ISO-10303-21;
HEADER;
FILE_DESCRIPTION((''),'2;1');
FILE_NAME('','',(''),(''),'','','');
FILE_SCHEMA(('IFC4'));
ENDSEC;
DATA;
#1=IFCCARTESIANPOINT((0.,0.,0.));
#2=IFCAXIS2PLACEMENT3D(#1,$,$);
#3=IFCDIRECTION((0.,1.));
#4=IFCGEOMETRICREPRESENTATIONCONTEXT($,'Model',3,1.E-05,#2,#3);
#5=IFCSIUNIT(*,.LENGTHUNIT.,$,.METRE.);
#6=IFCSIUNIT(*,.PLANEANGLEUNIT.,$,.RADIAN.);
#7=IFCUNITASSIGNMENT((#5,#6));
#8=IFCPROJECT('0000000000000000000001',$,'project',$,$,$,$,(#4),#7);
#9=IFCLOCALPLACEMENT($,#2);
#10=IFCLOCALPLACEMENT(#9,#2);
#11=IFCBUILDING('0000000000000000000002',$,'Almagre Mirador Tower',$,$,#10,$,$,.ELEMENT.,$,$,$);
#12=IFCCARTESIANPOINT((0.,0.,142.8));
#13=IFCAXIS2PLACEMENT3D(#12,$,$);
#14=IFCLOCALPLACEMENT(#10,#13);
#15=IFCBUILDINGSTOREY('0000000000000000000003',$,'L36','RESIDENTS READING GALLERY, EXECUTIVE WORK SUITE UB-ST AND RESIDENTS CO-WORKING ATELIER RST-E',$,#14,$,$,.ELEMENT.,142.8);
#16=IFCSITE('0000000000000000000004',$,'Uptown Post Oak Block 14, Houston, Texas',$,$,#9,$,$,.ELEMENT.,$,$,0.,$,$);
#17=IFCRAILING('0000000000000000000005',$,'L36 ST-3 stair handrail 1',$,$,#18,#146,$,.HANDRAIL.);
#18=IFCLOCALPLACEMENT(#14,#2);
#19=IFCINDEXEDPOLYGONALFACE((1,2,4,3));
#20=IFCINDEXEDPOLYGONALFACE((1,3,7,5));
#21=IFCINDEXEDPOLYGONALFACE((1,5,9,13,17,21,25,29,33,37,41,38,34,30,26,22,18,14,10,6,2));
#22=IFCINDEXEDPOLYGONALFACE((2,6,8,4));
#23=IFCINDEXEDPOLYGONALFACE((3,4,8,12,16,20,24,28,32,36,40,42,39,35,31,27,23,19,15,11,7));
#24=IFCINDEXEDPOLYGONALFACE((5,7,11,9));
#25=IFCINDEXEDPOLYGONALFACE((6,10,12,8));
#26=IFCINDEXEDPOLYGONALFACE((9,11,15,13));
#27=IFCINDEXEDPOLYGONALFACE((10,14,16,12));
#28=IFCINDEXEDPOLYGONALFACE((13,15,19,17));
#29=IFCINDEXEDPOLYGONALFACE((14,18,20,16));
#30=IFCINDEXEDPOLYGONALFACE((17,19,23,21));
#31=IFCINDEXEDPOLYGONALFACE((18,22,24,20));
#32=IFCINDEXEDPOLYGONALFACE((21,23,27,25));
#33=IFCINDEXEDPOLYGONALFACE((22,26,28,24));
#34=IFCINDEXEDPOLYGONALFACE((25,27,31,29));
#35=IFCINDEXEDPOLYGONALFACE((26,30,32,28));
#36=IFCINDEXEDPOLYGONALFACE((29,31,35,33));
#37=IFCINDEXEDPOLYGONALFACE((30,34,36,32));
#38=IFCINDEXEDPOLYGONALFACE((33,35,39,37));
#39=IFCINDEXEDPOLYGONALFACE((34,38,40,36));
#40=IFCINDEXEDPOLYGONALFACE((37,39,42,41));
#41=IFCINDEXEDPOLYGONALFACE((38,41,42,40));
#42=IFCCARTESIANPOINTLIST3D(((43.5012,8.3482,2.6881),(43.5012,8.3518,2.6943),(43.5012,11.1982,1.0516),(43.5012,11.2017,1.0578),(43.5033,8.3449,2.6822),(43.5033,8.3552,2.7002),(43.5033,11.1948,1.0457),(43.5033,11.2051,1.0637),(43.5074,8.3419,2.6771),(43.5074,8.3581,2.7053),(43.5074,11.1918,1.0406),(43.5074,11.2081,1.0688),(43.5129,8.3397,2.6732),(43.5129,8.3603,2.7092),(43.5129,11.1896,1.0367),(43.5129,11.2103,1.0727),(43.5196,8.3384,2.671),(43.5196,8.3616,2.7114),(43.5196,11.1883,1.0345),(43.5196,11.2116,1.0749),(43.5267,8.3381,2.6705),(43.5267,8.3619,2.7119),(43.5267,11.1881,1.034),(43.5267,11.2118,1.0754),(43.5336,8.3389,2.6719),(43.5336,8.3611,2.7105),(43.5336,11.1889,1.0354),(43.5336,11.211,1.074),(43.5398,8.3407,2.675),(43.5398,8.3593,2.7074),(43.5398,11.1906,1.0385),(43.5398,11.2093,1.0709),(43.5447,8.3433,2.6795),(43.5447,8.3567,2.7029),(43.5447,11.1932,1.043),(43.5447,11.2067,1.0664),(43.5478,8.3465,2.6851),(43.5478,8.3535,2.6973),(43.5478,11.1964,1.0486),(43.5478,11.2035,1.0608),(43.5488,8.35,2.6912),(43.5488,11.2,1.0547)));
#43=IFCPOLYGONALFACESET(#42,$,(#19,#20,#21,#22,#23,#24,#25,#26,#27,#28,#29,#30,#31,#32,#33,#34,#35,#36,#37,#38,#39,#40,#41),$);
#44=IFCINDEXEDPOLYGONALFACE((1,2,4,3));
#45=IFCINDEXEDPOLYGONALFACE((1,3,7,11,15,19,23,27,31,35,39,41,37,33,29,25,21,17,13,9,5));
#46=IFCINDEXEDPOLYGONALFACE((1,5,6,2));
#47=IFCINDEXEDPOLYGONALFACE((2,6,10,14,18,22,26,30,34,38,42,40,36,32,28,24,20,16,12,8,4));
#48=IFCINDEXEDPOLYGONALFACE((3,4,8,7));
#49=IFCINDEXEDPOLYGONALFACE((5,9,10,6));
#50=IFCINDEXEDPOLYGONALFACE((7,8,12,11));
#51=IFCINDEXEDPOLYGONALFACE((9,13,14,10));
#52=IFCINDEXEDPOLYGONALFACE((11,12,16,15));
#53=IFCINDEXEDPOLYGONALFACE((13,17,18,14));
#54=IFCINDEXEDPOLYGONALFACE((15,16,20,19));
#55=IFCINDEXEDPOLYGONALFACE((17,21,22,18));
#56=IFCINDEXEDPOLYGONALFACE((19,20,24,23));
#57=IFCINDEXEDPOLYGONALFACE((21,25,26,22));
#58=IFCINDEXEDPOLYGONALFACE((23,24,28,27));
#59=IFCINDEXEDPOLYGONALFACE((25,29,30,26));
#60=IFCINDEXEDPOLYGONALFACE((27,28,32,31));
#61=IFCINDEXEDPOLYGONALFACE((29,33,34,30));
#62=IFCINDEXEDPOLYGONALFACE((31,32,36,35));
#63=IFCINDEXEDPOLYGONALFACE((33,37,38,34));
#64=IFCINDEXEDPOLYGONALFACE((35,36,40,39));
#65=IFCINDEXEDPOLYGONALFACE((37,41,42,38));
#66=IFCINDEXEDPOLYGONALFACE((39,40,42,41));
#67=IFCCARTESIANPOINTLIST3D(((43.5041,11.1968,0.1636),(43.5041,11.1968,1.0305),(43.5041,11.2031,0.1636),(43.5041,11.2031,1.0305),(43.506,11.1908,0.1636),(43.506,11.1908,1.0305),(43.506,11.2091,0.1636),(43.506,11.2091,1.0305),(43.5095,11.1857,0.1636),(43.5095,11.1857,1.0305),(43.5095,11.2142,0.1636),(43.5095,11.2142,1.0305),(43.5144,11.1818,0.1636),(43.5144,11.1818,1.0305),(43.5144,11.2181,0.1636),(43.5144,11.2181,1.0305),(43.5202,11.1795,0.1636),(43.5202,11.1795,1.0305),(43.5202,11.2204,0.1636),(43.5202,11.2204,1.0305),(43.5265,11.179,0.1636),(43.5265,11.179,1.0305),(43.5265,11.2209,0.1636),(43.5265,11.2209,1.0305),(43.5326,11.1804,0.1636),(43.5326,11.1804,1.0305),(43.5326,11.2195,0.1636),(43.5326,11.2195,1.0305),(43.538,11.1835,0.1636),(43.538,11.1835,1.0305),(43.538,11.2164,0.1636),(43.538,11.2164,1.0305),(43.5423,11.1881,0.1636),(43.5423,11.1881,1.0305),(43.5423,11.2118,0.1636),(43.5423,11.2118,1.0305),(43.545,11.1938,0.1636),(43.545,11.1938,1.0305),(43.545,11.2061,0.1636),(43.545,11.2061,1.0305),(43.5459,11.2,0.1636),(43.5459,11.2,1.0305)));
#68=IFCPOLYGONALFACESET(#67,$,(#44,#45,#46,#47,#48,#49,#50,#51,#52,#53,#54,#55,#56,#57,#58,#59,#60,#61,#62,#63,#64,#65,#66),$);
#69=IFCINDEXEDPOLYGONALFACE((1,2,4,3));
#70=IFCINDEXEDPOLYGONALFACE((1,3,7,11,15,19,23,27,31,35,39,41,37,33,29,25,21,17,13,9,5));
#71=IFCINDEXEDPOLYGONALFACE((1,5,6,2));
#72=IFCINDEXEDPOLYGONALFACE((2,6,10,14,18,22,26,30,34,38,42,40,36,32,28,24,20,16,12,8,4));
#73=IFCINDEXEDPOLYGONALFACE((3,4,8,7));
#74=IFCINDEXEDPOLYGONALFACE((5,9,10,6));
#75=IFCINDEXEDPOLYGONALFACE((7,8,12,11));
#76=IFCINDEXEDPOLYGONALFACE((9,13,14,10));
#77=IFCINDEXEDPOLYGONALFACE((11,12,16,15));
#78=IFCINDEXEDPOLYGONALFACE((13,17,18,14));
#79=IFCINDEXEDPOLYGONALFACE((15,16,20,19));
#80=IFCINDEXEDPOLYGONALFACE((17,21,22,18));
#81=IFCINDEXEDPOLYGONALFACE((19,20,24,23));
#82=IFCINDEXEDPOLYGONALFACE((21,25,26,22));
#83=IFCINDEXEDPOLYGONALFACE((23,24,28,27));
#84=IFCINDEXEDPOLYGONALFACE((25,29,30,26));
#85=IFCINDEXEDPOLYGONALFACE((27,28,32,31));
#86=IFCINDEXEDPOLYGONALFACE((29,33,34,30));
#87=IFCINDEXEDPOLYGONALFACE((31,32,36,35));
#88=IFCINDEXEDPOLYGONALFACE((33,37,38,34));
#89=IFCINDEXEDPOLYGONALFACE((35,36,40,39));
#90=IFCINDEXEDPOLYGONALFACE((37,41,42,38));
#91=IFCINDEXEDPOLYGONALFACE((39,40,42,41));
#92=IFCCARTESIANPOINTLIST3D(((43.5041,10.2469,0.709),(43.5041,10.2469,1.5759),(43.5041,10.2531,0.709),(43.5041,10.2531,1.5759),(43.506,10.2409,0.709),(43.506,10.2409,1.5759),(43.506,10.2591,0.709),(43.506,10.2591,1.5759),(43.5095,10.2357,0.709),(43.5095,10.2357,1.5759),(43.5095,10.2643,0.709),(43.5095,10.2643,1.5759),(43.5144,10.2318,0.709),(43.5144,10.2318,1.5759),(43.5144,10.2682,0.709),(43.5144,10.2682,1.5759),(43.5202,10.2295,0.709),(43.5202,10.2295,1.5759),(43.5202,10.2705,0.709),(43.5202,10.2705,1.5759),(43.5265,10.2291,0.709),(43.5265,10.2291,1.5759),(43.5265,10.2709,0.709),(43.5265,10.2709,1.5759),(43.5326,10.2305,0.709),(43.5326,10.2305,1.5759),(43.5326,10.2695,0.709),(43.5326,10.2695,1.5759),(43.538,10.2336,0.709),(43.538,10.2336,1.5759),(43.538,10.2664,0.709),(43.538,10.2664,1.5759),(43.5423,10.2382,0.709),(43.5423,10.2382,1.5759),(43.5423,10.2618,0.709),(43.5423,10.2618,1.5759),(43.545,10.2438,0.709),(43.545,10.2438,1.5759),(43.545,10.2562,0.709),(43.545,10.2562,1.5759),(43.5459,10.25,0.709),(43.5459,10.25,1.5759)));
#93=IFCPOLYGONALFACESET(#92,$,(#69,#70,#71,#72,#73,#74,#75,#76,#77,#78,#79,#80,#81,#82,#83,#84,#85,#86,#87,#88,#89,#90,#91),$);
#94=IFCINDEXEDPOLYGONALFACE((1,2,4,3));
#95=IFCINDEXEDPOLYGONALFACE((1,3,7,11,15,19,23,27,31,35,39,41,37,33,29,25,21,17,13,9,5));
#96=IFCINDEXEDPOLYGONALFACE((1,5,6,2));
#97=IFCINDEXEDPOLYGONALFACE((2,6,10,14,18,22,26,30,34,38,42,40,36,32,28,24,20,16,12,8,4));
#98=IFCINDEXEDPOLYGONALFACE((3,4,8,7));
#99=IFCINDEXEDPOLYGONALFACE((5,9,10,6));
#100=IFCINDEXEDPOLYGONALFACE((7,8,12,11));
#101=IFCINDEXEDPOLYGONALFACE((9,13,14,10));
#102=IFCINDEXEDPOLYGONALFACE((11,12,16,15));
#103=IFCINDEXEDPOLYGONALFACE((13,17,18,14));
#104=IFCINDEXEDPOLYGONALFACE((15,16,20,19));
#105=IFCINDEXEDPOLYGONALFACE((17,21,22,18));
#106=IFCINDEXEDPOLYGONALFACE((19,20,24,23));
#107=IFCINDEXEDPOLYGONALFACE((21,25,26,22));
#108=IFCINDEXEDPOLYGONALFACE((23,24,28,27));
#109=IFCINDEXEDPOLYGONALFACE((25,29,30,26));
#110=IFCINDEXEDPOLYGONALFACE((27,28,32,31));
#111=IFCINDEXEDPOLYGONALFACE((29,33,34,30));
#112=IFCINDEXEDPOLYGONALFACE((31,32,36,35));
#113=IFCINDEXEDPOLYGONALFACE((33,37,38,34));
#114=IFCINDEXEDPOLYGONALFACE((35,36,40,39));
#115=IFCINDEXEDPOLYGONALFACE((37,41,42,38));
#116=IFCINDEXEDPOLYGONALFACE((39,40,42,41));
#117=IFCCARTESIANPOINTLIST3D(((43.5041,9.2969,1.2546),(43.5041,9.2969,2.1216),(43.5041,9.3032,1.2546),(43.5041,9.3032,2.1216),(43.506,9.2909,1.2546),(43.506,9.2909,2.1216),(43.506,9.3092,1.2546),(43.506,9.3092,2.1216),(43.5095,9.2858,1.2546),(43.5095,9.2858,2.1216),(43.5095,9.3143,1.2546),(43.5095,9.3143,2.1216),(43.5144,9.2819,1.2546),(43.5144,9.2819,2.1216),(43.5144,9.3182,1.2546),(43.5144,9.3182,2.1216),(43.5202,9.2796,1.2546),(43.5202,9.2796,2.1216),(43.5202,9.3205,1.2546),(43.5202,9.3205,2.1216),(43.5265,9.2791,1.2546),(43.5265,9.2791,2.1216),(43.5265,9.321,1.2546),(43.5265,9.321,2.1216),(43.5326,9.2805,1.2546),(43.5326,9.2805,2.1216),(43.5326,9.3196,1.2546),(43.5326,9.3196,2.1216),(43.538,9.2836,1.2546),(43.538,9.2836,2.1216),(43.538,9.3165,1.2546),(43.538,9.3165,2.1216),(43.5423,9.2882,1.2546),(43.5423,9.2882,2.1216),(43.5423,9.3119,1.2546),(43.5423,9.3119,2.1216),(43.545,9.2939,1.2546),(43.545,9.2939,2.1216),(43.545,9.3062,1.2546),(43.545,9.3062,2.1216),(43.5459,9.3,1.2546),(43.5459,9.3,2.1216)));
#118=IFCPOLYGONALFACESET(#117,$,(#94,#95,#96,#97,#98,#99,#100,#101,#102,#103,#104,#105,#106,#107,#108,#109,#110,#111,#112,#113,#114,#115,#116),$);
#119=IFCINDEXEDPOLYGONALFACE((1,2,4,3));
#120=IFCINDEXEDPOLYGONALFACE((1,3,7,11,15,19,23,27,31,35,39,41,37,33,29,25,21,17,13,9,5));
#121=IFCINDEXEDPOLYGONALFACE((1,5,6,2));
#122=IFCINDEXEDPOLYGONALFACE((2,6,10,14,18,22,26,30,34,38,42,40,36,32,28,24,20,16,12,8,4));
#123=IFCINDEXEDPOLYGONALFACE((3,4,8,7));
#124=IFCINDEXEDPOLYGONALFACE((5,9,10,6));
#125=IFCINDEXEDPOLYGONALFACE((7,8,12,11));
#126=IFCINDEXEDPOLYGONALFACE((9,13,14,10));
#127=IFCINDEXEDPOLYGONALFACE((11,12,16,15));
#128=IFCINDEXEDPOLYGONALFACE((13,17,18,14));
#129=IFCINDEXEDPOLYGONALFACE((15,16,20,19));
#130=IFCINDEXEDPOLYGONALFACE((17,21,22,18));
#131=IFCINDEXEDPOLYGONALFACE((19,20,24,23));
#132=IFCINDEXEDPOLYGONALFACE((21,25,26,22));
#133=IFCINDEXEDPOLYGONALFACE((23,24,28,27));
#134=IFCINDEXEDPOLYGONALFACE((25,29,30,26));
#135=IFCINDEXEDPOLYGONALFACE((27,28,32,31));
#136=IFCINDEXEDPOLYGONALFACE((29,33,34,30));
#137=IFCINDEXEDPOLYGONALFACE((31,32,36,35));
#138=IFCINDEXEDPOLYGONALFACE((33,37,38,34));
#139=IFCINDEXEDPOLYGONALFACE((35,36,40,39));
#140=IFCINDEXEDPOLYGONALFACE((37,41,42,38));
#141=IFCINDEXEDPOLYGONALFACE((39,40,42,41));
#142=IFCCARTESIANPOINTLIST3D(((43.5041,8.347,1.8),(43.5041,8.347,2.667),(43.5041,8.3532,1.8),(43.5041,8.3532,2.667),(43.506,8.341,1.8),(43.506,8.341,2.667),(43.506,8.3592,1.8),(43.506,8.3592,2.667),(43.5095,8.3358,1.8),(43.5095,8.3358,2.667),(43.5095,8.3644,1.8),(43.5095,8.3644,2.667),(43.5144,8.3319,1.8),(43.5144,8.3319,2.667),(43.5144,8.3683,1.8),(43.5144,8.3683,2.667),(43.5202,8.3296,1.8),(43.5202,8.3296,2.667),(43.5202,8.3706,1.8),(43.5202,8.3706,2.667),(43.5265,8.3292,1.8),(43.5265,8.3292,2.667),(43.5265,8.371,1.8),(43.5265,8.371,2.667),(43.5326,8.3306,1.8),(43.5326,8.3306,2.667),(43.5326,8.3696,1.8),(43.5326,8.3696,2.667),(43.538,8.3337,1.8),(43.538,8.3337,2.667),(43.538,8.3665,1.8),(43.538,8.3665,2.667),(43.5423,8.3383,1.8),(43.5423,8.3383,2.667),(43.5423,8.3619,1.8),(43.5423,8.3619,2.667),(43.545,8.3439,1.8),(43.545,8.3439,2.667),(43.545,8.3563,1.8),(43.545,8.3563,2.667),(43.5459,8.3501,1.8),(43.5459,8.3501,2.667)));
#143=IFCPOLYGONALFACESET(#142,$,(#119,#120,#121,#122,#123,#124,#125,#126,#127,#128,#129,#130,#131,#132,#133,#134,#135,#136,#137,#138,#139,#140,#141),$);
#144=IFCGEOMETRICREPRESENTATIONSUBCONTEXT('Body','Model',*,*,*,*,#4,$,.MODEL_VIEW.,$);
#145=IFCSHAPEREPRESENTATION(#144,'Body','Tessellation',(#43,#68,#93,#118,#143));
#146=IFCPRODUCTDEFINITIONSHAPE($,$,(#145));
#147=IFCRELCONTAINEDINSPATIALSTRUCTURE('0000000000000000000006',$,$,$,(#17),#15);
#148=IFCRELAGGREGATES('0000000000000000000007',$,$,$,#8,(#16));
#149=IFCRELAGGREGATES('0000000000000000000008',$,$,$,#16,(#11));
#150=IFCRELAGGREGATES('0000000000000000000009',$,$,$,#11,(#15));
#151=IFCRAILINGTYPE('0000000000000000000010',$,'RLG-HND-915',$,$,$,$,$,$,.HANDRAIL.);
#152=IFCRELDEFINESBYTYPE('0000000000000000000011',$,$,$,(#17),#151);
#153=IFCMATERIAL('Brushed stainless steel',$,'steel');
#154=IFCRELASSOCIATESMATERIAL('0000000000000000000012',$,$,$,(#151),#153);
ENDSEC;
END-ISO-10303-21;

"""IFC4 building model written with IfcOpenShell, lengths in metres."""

from ifc_helpers import new_model, si_unit, direction, frame, origin, origin_2d, place, context, subcontext, project, spatial, circle, extrude, material, type_object, element, save


model = new_model("IFC4")

# Units and contexts
model_context = context("Model", 3, precision=1e-05, world=origin(), true_north=direction((0.0, 1.0)))
body_context = subcontext(model_context, "Body", "Model", "MODEL_VIEW")
ifc_project = project(units=[si_unit("LENGTHUNIT", "METRE"), si_unit("PLANEANGLEUNIT", "RADIAN")], contexts=[model_context])

# Site, building, storey
site_placement = place(None, origin())
site = spatial("IfcSite", under=ifc_project, at=site_placement, Name="Uptown Post Oak Block 14, Houston, Texas", CompositionType="ELEMENT", RefElevation=0.0)
building_placement = place(site_placement, origin())
building = spatial("IfcBuilding", under=site, at=building_placement, Name="Almagre Mirador Tower", CompositionType="ELEMENT")
storey_placement = place(building_placement, frame((0.0, 0.0, 142.8)))
storey = spatial("IfcBuildingStorey", under=building, at=storey_placement, Name="L36", Description="RESIDENTS READING GALLERY, EXECUTIVE WORK SUITE UB-ST AND RESIDENTS CO-WORKING ATELIER RST-E", CompositionType="ELEMENT", Elevation=142.8)

# Railing
ifc_material_1 = material(Name="Brushed stainless steel", Category="steel")
railing_type_1 = type_object("IfcRailingType", Name="RLG-HND-915", PredefinedType="HANDRAIL", material=ifc_material_1)
railing_1_placement = place(storey_placement, frame((43.5249, 11.2, 0.1636)))
element("IfcRailing", 1, at=railing_1_placement, inside=storey, type_object=railing_type_1, Name="L36 ST-3 stair handrail 1", PredefinedType="HANDRAIL", context=body_context, shape_type="SweptSolid", body=[
    extrude(circle(Radius=0.0239, at=origin_2d()), frame((0.0, 0.0, 0.8911), z_axis=(0.0, -0.867194, 0.49797), x_axis=(1.0, 0.0, 0.0)), (0.0, 0.0, 1.0), 3.2864),
    extrude(circle(Radius=0.021, at=origin_2d()), origin(), (0.0, 0.0, 1.0), 0.8669),
    extrude(circle(Radius=0.021, at=origin_2d()), frame((0.0, -0.95, 0.5454)), (0.0, 0.0, 1.0), 0.8669),
    extrude(circle(Radius=0.021, at=origin_2d()), frame((0.0, -1.8999, 1.0911)), (0.0, 0.0, 1.0), 0.8669),
    extrude(circle(Radius=0.021, at=origin_2d()), frame((0.0, -2.8499, 1.6365)), (0.0, 0.0, 1.0), 0.8669),
])

save(model, "model.ifc")
